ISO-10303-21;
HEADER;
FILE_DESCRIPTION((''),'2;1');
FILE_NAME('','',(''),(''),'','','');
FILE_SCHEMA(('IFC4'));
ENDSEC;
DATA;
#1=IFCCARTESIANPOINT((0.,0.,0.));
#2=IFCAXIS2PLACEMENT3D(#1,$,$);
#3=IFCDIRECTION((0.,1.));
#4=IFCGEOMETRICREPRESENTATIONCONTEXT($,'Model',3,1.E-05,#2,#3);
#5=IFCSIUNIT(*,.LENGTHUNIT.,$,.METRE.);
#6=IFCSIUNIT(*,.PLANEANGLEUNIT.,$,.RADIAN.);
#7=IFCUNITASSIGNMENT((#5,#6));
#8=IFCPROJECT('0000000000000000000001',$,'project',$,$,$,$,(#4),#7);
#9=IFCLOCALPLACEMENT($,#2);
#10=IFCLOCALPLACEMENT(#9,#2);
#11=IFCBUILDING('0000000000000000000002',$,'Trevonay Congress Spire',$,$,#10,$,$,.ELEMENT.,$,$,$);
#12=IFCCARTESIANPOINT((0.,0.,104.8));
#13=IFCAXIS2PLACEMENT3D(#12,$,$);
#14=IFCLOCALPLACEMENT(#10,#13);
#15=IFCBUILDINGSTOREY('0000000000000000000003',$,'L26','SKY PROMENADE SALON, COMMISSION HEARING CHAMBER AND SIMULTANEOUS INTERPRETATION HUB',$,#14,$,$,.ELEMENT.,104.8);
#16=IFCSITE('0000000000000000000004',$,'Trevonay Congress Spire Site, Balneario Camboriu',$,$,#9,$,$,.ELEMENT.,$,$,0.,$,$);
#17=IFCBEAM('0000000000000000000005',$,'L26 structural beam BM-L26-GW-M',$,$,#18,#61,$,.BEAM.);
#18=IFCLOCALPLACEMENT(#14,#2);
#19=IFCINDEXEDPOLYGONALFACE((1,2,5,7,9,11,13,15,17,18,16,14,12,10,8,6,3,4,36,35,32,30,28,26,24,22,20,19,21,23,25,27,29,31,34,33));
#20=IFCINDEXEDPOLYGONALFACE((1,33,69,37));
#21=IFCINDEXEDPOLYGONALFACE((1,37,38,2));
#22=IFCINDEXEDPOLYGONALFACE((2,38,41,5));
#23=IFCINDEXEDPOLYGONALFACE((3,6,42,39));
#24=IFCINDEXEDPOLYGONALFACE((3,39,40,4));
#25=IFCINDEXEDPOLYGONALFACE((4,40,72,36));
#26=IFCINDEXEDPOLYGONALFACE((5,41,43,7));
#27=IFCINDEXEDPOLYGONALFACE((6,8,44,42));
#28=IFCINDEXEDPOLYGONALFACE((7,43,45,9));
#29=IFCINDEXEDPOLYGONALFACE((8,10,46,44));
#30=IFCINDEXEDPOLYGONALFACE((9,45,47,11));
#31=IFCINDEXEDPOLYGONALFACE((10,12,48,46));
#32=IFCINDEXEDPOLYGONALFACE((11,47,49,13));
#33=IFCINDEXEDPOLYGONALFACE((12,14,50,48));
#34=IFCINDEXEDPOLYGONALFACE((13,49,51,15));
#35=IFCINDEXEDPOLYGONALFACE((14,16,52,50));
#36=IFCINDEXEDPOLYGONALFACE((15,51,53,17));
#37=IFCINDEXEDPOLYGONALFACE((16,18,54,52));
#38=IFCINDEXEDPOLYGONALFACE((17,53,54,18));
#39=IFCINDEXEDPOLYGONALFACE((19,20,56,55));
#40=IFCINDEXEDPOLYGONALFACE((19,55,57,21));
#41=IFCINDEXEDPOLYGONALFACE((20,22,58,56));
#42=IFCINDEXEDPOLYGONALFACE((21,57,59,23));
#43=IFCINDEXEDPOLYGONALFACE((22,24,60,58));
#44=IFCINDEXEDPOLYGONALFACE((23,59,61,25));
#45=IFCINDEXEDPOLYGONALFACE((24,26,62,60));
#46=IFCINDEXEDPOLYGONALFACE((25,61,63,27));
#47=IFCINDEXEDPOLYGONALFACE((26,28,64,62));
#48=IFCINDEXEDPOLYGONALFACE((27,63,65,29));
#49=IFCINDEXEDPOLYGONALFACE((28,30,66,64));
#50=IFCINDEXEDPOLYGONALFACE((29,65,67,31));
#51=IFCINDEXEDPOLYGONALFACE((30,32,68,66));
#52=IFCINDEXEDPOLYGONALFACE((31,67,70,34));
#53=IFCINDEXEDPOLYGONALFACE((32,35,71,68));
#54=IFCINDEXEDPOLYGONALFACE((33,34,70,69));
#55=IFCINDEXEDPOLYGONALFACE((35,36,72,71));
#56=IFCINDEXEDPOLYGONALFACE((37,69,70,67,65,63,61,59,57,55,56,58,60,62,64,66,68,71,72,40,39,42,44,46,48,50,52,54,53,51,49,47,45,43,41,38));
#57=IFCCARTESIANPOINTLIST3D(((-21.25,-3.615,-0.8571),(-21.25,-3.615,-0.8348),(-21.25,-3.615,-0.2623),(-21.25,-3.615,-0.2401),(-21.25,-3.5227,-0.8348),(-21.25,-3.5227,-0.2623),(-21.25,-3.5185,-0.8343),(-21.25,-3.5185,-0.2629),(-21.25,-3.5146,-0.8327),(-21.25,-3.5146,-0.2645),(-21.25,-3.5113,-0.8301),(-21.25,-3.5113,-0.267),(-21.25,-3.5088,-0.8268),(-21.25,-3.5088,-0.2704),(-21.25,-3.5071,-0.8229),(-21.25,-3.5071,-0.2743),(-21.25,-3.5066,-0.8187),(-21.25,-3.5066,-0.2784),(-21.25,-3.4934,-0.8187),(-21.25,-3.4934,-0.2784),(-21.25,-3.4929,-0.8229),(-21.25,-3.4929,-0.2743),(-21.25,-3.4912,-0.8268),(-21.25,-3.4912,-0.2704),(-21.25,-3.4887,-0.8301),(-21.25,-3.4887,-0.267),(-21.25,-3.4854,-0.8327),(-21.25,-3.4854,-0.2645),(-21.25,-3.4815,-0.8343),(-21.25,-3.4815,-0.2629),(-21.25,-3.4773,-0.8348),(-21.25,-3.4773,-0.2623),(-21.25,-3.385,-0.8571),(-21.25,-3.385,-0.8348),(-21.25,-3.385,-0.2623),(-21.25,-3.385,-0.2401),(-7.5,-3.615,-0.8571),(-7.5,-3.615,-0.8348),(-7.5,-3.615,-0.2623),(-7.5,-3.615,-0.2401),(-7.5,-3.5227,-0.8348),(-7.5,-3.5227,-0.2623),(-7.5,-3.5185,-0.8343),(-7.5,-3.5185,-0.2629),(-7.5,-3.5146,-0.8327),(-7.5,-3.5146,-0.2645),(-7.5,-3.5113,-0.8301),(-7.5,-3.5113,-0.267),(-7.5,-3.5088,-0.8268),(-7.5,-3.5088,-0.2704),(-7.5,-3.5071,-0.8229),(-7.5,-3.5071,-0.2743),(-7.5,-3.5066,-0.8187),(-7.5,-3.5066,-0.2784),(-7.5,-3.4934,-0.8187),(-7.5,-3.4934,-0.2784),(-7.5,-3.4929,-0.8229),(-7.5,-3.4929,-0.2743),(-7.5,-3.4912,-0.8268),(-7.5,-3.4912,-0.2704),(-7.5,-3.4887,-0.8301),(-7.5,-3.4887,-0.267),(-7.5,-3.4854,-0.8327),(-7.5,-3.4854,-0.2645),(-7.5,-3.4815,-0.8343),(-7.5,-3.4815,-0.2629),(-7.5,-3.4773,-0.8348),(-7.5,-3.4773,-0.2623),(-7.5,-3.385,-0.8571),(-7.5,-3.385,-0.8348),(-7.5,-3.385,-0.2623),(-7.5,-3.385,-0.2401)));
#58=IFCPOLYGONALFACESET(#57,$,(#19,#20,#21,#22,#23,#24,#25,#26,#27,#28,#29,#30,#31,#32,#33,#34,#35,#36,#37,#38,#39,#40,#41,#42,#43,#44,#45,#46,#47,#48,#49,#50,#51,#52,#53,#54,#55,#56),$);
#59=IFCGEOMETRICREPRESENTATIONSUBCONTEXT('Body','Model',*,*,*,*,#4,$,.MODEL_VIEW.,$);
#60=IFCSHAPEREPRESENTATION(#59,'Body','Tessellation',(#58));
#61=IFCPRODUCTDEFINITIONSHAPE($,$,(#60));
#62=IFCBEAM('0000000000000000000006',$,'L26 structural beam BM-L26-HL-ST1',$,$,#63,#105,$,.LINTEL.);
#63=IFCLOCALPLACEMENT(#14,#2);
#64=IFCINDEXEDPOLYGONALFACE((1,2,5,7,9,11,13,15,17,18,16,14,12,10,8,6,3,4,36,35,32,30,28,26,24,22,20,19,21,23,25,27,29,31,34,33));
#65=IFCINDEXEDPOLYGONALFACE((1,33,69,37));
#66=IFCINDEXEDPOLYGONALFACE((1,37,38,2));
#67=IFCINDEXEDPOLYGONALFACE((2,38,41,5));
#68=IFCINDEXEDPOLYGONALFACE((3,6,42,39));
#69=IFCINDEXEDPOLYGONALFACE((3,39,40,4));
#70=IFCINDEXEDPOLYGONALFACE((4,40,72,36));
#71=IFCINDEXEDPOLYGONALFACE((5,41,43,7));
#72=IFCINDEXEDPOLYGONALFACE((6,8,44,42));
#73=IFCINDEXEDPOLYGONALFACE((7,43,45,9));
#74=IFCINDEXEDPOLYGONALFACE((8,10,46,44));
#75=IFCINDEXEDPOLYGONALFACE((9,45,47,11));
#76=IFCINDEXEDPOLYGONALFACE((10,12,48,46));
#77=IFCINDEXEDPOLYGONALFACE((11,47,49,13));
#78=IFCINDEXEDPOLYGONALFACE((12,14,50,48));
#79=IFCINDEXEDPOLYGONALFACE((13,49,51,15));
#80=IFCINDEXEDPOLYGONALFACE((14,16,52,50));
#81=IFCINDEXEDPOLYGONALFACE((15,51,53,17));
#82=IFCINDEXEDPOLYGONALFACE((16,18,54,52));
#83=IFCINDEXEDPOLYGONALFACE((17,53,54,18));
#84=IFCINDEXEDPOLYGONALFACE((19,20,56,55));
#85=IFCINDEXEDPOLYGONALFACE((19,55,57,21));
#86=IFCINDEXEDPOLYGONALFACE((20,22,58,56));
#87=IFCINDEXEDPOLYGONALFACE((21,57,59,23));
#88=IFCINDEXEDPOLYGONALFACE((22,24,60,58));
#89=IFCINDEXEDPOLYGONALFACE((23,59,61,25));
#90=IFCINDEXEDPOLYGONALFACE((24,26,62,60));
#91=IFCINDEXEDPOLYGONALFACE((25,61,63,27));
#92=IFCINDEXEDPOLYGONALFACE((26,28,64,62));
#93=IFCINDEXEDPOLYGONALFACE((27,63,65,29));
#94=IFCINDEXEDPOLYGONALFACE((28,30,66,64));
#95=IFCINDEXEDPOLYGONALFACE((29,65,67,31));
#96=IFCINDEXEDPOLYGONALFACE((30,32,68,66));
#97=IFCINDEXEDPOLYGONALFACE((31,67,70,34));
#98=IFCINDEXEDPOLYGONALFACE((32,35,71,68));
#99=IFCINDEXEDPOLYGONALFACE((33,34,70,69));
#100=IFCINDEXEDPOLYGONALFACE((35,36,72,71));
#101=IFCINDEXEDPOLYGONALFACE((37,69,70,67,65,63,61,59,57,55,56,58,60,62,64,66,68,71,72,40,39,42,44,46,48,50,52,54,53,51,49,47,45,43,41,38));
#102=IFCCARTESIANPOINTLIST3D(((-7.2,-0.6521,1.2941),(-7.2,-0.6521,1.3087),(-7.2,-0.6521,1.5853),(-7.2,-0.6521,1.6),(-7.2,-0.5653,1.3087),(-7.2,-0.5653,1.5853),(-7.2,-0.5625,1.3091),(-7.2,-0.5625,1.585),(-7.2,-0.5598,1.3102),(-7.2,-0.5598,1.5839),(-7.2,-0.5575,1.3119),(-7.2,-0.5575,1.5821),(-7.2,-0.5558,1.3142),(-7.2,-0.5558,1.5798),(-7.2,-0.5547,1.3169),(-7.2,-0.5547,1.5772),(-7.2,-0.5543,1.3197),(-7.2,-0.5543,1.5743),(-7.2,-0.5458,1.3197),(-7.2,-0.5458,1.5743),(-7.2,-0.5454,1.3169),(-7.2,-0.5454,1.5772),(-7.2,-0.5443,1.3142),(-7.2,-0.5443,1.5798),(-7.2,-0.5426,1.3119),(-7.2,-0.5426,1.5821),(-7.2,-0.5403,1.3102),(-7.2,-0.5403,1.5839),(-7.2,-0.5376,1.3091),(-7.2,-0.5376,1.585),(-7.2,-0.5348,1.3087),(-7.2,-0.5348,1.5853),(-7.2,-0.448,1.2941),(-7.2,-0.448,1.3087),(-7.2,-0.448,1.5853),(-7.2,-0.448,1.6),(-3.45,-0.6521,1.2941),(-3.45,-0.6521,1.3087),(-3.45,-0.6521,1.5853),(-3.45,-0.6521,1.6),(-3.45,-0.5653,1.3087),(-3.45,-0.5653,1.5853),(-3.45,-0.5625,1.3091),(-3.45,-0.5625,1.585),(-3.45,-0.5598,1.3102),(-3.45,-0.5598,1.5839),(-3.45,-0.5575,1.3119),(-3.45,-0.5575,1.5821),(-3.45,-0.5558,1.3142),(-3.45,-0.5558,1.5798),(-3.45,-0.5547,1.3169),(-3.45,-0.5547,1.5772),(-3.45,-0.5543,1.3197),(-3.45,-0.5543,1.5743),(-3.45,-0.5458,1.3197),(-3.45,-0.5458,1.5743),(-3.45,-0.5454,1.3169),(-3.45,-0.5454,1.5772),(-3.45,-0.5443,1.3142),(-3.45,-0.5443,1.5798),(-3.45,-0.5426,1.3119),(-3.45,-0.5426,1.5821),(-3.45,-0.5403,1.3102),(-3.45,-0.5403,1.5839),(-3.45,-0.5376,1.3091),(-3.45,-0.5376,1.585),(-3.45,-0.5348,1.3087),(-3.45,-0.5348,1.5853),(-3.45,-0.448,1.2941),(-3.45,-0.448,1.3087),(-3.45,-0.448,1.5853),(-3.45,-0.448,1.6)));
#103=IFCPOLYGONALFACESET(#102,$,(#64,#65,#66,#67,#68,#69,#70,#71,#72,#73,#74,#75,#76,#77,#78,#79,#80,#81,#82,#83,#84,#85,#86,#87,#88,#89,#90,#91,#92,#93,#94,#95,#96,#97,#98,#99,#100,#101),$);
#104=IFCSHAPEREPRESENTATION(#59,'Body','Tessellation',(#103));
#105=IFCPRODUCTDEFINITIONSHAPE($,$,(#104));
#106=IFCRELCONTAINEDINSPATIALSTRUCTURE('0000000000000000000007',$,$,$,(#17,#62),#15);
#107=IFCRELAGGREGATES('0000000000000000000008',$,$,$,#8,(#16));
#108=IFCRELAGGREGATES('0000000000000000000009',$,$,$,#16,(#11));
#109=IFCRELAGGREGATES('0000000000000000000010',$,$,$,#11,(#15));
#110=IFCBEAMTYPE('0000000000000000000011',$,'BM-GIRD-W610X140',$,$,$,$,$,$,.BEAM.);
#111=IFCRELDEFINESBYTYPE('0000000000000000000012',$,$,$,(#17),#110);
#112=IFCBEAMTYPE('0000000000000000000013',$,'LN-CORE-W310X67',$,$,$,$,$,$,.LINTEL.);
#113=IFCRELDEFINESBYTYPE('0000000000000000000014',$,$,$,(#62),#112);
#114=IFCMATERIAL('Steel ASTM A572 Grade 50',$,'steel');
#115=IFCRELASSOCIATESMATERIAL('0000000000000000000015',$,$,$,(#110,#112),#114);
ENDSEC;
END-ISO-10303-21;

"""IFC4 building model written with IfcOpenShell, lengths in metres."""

from ifc_helpers import new_model, si_unit, direction, frame, origin, origin_2d, place, context, subcontext, project, spatial, i_section, extrude, material, material_profile, profile_set, type_object, element, save


model = new_model("IFC4")

# Units and contexts
model_context = context("Model", 3, precision=1e-05, world=origin(), true_north=direction((0.0, 1.0)))
body_context = subcontext(model_context, "Body", "Model", "MODEL_VIEW")
ifc_project = project(units=[si_unit("LENGTHUNIT", "METRE"), si_unit("PLANEANGLEUNIT", "RADIAN")], contexts=[model_context])

# Site, building, storey
site_placement = place(None, origin())
site = spatial("IfcSite", under=ifc_project, at=site_placement, Name="Trevonay Congress Spire Site, Balneario Camboriu", CompositionType="ELEMENT", RefElevation=0.0)
building_placement = place(site_placement, origin())
building = spatial("IfcBuilding", under=site, at=building_placement, Name="Trevonay Congress Spire", CompositionType="ELEMENT")
storey_placement = place(building_placement, frame((0.0, 0.0, 104.8)))
storey = spatial("IfcBuildingStorey", under=building, at=storey_placement, Name="L26", Description="SKY PROMENADE SALON, COMMISSION HEARING CHAMBER AND SIMULTANEOUS INTERPRETATION HUB", CompositionType="ELEMENT", Elevation=104.8)

# Shared definitions
ifc_material_1 = material(Name="Steel ASTM A572 Grade 50", Category="steel")

# Beams
ifc_material_profile_1 = material_profile(ifc_material_1, i_section(OverallWidth=0.23, OverallDepth=0.6169, WebThickness=0.0132, FlangeThickness=0.0222, FilletRadius=0.0161, at=origin_2d()), Name="W610x140")
ifc_profile_set_1 = profile_set([ifc_material_profile_1], Name="Steel ASTM A572 Grade 50")
beam_type_1 = type_object("IfcBeamType", Name="BM-GIRD-W610X140", PredefinedType="BEAM", material=ifc_profile_set_1)
for number, where, z_axis, x_axis, name in (
    (1, (-7.5, -3.5, -0.5486), (-1.0, 0.0, 0.0), (0.0, -1.0, 0.0), "L26 structural beam BM-L26-GW-M"),
):
    element("IfcBeam", number, at=place(storey_placement, frame(where, z_axis=z_axis, x_axis=x_axis)), inside=storey, type_object=beam_type_1, Name=name, PredefinedType="BEAM", context=body_context, shape_type="SweptSolid", body=[
        extrude(i_section(OverallWidth=0.23, OverallDepth=0.6169, WebThickness=0.0132, FlangeThickness=0.0222, FilletRadius=0.0161, at=origin_2d()), origin(), (0.0, 0.0, 1.0), 13.75),
    ])
ifc_material_profile_2 = material_profile(ifc_material_1, i_section(OverallWidth=0.2041, OverallDepth=0.3059, WebThickness=0.0085, FlangeThickness=0.0146, FilletRadius=0.011, at=origin_2d()), Name="W310x67")
ifc_profile_set_2 = profile_set([ifc_material_profile_2], Name="Steel ASTM A572 Grade 50")
beam_type_2 = type_object("IfcBeamType", Name="LN-CORE-W310X67", PredefinedType="LINTEL", material=ifc_profile_set_2)
beam_1_placement = place(storey_placement, frame((-7.2, -0.55, 1.447), z_axis=(1.0, 0.0, 0.0), x_axis=(0.0, 1.0, 0.0)))
element("IfcBeam", 2, at=beam_1_placement, inside=storey, type_object=beam_type_2, Name="L26 structural beam BM-L26-HL-ST1", PredefinedType="LINTEL", context=body_context, shape_type="SweptSolid", body=[
    extrude(i_section(OverallWidth=0.2041, OverallDepth=0.3059, WebThickness=0.0085, FlangeThickness=0.0146, FilletRadius=0.011, at=origin_2d()), origin(), (0.0, 0.0, 1.0), 3.75),
])

save(model, "model.ifc")
